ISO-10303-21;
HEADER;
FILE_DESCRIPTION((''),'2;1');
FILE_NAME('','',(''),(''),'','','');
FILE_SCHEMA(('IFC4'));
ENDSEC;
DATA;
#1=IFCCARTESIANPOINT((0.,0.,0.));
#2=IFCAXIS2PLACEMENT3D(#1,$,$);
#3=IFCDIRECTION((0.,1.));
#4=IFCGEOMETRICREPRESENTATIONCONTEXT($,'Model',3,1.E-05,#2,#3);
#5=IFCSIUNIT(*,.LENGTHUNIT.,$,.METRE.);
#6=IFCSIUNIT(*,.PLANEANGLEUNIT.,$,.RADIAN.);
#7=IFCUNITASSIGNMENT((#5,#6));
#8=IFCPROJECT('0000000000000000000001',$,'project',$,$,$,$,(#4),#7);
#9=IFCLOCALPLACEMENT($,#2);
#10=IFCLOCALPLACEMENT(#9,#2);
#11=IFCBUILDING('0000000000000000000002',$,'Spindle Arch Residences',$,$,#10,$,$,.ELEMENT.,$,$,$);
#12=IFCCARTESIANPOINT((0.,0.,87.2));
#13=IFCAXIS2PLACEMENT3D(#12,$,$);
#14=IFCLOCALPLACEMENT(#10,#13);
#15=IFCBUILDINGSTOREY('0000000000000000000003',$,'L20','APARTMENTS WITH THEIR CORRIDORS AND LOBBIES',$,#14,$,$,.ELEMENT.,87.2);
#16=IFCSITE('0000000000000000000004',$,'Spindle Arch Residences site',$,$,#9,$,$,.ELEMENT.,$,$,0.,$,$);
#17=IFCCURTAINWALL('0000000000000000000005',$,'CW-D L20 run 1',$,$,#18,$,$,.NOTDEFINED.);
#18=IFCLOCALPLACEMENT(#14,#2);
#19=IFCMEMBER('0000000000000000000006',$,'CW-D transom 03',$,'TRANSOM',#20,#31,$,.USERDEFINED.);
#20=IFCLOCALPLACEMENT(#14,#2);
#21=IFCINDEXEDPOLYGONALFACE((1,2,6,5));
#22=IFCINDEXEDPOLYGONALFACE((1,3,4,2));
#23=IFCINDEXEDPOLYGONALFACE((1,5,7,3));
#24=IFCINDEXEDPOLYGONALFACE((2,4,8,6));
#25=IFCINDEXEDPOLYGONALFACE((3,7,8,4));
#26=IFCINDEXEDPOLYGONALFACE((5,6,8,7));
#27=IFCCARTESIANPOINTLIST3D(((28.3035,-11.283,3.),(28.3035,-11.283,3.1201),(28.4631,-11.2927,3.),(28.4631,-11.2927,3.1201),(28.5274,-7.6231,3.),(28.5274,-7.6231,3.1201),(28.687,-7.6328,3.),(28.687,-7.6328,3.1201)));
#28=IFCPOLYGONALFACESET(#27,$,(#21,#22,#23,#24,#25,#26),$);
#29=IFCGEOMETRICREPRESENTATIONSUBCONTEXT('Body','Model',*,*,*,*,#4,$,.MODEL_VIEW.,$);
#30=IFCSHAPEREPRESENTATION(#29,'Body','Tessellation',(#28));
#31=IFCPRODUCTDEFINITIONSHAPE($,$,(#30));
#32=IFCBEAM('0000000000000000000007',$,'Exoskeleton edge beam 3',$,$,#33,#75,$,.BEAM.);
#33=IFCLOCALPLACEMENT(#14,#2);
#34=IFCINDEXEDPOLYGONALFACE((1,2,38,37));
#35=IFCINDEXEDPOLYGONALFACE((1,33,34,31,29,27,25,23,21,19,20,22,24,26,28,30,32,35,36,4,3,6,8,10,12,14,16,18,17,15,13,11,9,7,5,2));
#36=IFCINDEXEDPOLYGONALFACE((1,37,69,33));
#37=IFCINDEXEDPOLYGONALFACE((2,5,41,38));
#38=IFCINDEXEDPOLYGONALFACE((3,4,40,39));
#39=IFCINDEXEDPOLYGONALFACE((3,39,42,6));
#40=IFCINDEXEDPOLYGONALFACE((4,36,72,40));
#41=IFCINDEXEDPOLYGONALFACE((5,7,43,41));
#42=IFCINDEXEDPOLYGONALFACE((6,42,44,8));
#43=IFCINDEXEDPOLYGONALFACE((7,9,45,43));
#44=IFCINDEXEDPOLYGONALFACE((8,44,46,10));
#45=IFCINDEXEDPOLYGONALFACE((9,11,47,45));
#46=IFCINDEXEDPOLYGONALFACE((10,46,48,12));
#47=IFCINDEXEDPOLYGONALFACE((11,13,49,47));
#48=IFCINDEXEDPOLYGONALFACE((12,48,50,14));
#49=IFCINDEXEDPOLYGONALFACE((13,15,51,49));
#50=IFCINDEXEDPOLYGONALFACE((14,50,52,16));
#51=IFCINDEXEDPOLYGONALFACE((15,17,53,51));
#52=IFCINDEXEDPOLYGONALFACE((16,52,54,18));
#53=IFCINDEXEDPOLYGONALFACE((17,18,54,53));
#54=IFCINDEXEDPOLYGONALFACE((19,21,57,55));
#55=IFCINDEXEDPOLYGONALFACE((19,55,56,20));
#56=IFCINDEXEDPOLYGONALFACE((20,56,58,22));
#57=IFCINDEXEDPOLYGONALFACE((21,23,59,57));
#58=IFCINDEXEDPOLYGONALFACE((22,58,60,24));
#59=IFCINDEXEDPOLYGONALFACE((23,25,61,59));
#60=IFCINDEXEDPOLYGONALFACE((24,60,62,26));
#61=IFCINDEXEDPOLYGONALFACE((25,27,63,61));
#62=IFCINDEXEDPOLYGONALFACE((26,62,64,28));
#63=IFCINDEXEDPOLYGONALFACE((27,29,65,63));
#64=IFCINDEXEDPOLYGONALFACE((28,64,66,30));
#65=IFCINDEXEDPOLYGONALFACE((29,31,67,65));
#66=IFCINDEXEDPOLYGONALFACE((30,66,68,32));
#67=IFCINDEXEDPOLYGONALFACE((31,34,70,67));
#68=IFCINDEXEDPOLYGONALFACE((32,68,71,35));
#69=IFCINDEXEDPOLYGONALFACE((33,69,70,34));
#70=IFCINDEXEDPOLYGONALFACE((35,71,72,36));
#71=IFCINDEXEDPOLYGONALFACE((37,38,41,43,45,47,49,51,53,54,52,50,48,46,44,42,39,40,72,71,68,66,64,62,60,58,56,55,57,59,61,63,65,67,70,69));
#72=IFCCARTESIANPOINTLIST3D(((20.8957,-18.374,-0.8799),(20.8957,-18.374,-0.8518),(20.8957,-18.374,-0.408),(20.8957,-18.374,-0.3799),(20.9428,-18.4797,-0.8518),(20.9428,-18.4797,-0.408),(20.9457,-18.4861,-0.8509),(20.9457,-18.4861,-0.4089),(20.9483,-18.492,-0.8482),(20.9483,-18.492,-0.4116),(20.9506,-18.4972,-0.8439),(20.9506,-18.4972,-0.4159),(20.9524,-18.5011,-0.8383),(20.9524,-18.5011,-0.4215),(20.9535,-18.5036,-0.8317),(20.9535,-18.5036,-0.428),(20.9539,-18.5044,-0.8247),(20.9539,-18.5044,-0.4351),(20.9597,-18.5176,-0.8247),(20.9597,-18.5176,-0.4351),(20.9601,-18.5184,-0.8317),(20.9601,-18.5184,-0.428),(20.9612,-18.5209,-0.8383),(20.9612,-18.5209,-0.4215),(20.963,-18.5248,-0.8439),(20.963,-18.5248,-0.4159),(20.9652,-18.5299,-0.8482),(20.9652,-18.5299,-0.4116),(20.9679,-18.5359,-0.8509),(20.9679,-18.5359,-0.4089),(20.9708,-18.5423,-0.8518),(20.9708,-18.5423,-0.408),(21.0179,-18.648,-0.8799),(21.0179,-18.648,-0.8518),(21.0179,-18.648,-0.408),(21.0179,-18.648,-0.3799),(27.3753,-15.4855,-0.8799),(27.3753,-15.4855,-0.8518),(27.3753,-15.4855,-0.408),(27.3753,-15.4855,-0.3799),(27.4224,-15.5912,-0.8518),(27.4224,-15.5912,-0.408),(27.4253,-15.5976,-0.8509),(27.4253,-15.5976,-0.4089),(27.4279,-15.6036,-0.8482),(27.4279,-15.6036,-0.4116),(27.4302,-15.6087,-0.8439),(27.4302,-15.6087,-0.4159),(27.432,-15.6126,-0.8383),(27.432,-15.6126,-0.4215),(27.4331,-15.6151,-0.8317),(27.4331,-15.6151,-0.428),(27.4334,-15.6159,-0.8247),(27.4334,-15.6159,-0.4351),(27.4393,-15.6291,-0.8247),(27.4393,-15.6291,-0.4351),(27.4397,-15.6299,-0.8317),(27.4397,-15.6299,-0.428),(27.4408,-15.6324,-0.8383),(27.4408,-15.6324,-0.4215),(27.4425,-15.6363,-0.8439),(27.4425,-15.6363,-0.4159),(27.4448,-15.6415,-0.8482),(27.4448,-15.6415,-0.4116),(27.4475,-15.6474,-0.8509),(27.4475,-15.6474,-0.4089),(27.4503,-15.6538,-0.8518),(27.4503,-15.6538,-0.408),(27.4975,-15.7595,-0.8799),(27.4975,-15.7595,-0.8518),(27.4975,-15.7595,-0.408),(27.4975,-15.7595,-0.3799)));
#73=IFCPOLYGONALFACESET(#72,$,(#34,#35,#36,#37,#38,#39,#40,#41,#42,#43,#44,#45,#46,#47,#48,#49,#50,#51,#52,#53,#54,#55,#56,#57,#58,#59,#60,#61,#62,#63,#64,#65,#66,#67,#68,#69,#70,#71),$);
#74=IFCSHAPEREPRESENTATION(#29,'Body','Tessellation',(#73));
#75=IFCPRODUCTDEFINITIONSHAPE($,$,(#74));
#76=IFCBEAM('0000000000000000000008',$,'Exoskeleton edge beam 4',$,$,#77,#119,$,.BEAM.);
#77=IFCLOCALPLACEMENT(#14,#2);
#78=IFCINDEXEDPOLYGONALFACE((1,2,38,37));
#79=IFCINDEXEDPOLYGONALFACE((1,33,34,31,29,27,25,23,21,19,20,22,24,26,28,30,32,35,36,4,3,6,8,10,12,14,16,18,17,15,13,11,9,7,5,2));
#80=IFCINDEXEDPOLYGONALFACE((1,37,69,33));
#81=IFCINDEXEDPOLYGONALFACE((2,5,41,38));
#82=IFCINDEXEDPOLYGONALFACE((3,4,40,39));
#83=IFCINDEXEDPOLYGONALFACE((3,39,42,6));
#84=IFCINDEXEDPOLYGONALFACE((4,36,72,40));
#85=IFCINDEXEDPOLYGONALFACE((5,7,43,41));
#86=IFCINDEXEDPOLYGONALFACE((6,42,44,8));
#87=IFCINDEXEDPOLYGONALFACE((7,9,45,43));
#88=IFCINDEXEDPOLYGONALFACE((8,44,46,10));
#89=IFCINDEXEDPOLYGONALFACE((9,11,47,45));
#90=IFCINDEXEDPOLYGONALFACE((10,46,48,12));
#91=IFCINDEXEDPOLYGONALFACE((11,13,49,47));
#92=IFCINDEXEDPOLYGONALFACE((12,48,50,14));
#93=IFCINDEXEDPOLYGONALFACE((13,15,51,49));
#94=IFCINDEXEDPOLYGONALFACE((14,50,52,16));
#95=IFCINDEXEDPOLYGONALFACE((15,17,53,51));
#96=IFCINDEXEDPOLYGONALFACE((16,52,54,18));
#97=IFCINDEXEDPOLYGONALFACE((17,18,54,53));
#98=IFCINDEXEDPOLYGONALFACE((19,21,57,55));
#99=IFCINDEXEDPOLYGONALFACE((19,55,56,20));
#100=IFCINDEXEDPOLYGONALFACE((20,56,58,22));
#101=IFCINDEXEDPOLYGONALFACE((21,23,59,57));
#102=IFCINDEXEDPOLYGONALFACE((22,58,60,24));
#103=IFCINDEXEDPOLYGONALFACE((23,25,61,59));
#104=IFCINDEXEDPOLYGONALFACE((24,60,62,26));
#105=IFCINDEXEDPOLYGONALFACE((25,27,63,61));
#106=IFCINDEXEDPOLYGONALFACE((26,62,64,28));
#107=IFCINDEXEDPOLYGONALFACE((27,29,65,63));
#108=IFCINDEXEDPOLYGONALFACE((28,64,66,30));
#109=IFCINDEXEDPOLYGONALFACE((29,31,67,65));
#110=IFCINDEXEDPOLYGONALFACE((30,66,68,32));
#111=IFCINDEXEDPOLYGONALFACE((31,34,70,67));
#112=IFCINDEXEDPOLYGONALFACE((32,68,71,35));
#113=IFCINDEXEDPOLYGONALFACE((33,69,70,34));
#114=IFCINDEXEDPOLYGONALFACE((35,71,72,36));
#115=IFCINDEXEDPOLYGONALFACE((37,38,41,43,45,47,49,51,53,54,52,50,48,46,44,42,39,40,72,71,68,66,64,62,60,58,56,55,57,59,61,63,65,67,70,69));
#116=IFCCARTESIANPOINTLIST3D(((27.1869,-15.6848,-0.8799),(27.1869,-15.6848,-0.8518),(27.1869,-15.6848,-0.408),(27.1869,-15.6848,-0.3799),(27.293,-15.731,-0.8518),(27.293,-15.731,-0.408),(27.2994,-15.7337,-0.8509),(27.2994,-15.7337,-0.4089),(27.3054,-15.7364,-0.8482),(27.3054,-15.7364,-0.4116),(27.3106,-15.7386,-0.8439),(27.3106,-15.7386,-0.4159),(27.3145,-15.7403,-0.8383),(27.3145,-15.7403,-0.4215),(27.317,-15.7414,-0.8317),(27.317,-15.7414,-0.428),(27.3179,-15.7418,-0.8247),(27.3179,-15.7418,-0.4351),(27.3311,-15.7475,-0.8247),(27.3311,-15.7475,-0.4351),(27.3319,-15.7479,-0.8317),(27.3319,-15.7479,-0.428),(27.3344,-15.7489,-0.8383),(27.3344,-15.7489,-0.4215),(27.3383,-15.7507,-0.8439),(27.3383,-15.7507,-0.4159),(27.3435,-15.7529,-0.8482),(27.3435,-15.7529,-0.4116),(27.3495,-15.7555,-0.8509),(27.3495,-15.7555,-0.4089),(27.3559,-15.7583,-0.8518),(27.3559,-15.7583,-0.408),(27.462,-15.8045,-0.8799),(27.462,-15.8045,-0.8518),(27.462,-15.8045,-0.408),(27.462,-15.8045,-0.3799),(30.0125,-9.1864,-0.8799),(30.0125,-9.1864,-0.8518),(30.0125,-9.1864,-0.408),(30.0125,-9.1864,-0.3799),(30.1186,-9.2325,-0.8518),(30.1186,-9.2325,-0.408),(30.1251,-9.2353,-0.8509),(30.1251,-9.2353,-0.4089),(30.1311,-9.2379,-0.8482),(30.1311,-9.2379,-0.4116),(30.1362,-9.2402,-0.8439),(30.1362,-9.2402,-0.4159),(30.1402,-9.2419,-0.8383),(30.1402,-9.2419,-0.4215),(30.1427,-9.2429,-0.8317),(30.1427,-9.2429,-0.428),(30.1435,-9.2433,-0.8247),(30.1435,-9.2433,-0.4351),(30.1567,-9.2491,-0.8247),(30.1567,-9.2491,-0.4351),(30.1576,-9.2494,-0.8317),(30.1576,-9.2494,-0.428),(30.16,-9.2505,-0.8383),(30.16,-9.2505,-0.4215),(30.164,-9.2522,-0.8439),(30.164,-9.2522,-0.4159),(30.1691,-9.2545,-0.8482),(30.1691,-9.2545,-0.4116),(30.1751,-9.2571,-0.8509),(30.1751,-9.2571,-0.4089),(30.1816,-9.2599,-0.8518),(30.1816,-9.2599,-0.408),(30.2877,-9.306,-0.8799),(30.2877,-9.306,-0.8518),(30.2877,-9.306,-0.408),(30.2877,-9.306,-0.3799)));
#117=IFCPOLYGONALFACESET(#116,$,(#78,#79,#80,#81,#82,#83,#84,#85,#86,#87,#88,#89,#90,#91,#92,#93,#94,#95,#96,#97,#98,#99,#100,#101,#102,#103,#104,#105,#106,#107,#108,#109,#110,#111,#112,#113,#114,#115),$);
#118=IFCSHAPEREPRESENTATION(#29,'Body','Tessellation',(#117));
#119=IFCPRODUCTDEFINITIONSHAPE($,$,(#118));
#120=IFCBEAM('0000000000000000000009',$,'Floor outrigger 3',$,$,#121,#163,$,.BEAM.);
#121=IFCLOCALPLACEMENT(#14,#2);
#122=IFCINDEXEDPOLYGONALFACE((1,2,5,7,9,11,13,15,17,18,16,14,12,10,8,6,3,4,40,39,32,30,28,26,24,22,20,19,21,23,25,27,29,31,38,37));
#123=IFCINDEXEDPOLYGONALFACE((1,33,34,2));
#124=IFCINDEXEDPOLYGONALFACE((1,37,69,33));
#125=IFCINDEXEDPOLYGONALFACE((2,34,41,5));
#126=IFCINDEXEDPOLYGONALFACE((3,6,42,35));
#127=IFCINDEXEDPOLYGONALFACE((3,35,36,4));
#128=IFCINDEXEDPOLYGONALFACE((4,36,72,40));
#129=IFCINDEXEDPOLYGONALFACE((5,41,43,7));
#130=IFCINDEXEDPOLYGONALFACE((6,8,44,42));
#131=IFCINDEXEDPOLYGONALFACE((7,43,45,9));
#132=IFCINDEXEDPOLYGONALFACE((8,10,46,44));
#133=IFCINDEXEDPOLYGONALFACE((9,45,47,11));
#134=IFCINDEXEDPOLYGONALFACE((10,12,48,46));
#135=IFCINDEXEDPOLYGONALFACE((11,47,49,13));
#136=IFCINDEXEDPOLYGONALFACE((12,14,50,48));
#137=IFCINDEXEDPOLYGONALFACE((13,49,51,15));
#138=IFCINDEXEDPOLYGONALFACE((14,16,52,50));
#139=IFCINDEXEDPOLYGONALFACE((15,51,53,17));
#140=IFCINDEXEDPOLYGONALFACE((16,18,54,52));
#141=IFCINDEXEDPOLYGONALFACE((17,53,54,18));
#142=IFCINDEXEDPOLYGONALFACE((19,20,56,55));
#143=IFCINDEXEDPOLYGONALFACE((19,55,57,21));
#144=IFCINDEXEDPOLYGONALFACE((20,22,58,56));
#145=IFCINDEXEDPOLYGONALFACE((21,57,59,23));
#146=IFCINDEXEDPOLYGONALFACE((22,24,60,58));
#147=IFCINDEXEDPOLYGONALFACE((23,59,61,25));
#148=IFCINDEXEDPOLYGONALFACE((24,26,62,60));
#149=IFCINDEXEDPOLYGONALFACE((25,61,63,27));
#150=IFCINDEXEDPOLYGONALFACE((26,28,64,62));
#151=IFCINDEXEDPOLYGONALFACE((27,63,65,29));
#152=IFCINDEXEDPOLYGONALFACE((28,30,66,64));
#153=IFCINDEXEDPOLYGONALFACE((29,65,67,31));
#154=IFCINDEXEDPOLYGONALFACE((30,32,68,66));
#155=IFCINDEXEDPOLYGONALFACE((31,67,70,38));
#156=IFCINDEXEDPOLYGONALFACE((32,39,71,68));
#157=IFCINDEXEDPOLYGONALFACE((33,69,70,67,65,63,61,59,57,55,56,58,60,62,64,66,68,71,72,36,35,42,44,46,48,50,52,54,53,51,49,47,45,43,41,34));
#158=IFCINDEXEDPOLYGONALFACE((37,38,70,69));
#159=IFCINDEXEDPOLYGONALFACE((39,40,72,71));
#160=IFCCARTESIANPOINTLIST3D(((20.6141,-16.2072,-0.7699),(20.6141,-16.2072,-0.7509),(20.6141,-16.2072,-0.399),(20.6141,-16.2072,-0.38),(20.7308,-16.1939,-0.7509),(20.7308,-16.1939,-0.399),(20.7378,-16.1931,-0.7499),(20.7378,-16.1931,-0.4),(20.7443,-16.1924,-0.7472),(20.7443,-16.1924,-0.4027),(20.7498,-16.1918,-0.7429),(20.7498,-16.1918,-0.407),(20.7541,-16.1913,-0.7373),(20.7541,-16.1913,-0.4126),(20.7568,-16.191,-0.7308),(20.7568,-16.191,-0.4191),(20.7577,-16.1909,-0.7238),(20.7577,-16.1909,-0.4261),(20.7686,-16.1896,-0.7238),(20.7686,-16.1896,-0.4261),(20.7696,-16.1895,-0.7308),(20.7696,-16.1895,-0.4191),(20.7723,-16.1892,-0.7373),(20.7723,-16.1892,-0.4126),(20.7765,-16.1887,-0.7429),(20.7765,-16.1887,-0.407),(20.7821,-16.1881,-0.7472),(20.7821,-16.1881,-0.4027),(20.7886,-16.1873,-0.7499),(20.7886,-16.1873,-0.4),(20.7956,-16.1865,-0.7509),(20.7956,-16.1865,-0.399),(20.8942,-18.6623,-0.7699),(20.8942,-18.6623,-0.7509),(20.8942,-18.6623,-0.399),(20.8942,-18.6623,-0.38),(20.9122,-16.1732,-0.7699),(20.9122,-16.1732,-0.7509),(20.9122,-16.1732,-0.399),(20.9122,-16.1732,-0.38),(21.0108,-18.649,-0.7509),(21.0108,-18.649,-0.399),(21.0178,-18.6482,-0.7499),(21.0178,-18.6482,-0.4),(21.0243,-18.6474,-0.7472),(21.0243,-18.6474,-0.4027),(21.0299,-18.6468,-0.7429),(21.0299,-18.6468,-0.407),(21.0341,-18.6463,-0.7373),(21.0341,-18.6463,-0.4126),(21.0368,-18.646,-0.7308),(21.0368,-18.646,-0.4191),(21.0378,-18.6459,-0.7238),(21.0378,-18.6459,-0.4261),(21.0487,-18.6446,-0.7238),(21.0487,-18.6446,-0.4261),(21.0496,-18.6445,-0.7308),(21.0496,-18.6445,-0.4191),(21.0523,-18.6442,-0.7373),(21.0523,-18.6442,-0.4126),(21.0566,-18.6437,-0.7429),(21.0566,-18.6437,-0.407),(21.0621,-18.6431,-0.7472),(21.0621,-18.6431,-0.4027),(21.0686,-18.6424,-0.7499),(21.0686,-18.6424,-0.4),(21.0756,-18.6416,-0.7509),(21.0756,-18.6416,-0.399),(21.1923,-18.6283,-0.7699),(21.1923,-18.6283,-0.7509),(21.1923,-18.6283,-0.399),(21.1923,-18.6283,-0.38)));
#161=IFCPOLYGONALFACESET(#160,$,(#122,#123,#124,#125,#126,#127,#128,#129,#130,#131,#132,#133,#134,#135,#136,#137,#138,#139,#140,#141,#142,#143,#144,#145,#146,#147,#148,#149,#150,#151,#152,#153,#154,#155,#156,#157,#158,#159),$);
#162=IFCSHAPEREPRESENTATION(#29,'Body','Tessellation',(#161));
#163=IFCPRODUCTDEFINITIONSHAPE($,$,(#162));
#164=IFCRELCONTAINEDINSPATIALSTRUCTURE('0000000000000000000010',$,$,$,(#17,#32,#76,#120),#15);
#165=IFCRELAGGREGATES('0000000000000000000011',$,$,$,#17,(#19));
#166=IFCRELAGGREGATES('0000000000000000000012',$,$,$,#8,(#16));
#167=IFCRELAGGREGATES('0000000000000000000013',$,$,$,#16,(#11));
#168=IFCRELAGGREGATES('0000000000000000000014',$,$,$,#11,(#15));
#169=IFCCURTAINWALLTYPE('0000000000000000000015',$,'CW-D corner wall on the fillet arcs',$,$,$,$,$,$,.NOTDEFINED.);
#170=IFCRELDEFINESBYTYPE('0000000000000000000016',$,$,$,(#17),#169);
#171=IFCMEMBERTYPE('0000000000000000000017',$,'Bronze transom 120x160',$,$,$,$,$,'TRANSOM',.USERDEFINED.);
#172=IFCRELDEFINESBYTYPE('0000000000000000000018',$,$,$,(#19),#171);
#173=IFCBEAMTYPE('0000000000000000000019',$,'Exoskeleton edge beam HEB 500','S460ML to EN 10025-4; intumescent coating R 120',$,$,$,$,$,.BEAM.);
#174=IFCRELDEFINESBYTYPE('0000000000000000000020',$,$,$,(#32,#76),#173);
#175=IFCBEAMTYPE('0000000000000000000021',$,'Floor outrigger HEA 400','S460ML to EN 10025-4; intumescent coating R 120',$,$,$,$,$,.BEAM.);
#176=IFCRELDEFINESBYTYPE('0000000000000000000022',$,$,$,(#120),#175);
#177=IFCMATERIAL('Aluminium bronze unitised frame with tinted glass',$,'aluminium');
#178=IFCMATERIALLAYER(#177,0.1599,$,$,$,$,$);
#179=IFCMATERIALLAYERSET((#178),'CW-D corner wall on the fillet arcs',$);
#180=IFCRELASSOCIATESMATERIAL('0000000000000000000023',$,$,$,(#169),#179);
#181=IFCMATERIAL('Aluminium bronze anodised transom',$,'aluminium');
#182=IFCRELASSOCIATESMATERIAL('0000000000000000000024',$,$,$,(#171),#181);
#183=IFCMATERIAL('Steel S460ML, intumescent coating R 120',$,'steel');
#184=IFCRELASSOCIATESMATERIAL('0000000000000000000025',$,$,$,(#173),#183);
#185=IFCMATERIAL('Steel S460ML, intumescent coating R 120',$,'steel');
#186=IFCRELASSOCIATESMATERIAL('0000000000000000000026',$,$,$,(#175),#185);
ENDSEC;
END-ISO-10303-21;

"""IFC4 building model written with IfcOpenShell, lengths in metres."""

from ifc_helpers import new_model, si_unit, direction, frame, origin, origin_2d, place, context, subcontext, project, spatial, rectangle, i_section, extrude, material, layer, layer_set, material_profile, profile_set, type_object, element, aggregate, save


model = new_model("IFC4")

# Units and contexts
model_context = context("Model", 3, precision=1e-05, world=origin(), true_north=direction((0.0, 1.0)))
body_context = subcontext(model_context, "Body", "Model", "MODEL_VIEW")
ifc_project = project(units=[si_unit("LENGTHUNIT", "METRE"), si_unit("PLANEANGLEUNIT", "RADIAN")], contexts=[model_context])

# Site, building, storey
site_placement = place(None, origin())
site = spatial("IfcSite", under=ifc_project, at=site_placement, Name="Spindle Arch Residences site", CompositionType="ELEMENT", RefElevation=0.0)
building_placement = place(site_placement, origin())
building = spatial("IfcBuilding", under=site, at=building_placement, Name="Spindle Arch Residences", CompositionType="ELEMENT")
storey_placement = place(building_placement, frame((0.0, 0.0, 87.2)))
storey = spatial("IfcBuildingStorey", under=building, at=storey_placement, Name="L20", Description="APARTMENTS WITH THEIR CORRIDORS AND LOBBIES", CompositionType="ELEMENT", Elevation=87.2)

# Curtain wall, member
ifc_material_1 = material(Name="Aluminium bronze unitised frame with tinted glass", Category="aluminium")
ifc_layer_1 = layer(ifc_material_1, 0.1599)
ifc_layer_set_1 = layer_set([ifc_layer_1], Name="CW-D corner wall on the fillet arcs")
curtain_wall_type_1 = type_object("IfcCurtainWallType", Name="CW-D corner wall on the fillet arcs", PredefinedType="NOTDEFINED", material=ifc_layer_set_1)
curtain_wall_1_placement = place(storey_placement, origin())
curtain_wall_1 = element("IfcCurtainWall", 1, at=curtain_wall_1_placement, inside=storey, type_object=curtain_wall_type_1, Name="CW-D L20 run 1", PredefinedType="NOTDEFINED")
ifc_material_2 = material(Name="Aluminium bronze anodised transom", Category="aluminium")
ifc_material_profile_1 = material_profile(ifc_material_2, rectangle(XDim=0.1599, YDim=0.1201, at=origin_2d()), Name="TR 120x160")
ifc_profile_set_1 = profile_set([ifc_material_profile_1], Name="Aluminium bronze anodised transom")
member_type_1 = type_object("IfcMemberType", Name="Bronze transom 120x160", ElementType="TRANSOM", PredefinedType="USERDEFINED", material=ifc_profile_set_1)
member_1_placement = place(storey_placement, frame((28.3833, -11.2878, 3.0601), z_axis=(0.061056, 0.998134, 0.0), x_axis=(-0.998134, 0.061056, 0.0)))
member_1 = element("IfcMember", 2, at=member_1_placement, type_object=member_type_1, Name="CW-D transom 03", ObjectType="TRANSOM", PredefinedType="USERDEFINED", context=body_context, shape_type="SweptSolid", body=[
    extrude(rectangle(XDim=0.1599, YDim=0.1201, at=origin_2d()), origin(), (0.0, 0.0, 1.0), 3.6667),
])

# Beams
ifc_material_3 = material(Name="Steel S460ML, intumescent coating R 120", Category="steel")
ifc_material_profile_2 = material_profile(ifc_material_3, i_section(OverallWidth=0.3, OverallDepth=0.5, WebThickness=0.0144, FlangeThickness=0.0281, FilletRadius=0.0271, at=origin_2d()), Name="HEB 500")
ifc_profile_set_2 = profile_set([ifc_material_profile_2], Name="Steel S460ML, intumescent coating R 120")
beam_type_1 = type_object("IfcBeamType", Name="Exoskeleton edge beam HEB 500", Description="S460ML to EN 10025-4; intumescent coating R 120", PredefinedType="BEAM", material=ifc_profile_set_2)
beam_1_placement = place(storey_placement, frame((20.9568, -18.511, -0.6299), z_axis=(0.913358, 0.407157, 0.0), x_axis=(-0.407157, 0.913358, 0.0)))
element("IfcBeam", 3, at=beam_1_placement, inside=storey, type_object=beam_type_1, Name="Exoskeleton edge beam 3", PredefinedType="BEAM", context=body_context, shape_type="SweptSolid", body=[
    extrude(i_section(OverallWidth=0.3, OverallDepth=0.5, WebThickness=0.0144, FlangeThickness=0.0281, FilletRadius=0.0271, at=origin_2d()), origin(), (0.0, 0.0, 1.0), 7.0942),
])
beam_2_placement = place(storey_placement, frame((27.3245, -15.7446, -0.6299), z_axis=(0.398754, 0.917058, 0.0), x_axis=(-0.917058, 0.398754, 0.0)))
element("IfcBeam", 4, at=beam_2_placement, inside=storey, type_object=beam_type_1, Name="Exoskeleton edge beam 4", PredefinedType="BEAM", context=body_context, shape_type="SweptSolid", body=[
    extrude(i_section(OverallWidth=0.3, OverallDepth=0.5, WebThickness=0.0144, FlangeThickness=0.0281, FilletRadius=0.0271, at=origin_2d()), origin(), (0.0, 0.0, 1.0), 7.0862),
])
ifc_material_4 = material(Name="Steel S460ML, intumescent coating R 120", Category="steel")
ifc_material_profile_3 = material_profile(ifc_material_4, i_section(OverallWidth=0.3, OverallDepth=0.3899, WebThickness=0.011, FlangeThickness=0.019, FilletRadius=0.0271, at=origin_2d()), Name="HEA 400")
ifc_profile_set_3 = profile_set([ifc_material_profile_3], Name="Steel S460ML, intumescent coating R 120")
beam_type_2 = type_object("IfcBeamType", Name="Floor outrigger HEA 400", Description="S460ML to EN 10025-4; intumescent coating R 120", PredefinedType="BEAM", material=ifc_profile_set_3)
beam_3_placement = place(storey_placement, frame((21.0432, -18.6453, -0.575), z_axis=(-0.113326, 0.993558, 0.0), x_axis=(-0.993558, -0.113326, 0.0)))
element("IfcBeam", 5, at=beam_3_placement, inside=storey, type_object=beam_type_2, Name="Floor outrigger 3", PredefinedType="BEAM", context=body_context, shape_type="SweptSolid", body=[
    extrude(i_section(OverallWidth=0.3, OverallDepth=0.3899, WebThickness=0.011, FlangeThickness=0.019, FilletRadius=0.0271, at=origin_2d()), origin(), (0.0, 0.0, 1.0), 2.4709),
])

aggregate(curtain_wall_1, [member_1])

save(model, "model.ifc")
